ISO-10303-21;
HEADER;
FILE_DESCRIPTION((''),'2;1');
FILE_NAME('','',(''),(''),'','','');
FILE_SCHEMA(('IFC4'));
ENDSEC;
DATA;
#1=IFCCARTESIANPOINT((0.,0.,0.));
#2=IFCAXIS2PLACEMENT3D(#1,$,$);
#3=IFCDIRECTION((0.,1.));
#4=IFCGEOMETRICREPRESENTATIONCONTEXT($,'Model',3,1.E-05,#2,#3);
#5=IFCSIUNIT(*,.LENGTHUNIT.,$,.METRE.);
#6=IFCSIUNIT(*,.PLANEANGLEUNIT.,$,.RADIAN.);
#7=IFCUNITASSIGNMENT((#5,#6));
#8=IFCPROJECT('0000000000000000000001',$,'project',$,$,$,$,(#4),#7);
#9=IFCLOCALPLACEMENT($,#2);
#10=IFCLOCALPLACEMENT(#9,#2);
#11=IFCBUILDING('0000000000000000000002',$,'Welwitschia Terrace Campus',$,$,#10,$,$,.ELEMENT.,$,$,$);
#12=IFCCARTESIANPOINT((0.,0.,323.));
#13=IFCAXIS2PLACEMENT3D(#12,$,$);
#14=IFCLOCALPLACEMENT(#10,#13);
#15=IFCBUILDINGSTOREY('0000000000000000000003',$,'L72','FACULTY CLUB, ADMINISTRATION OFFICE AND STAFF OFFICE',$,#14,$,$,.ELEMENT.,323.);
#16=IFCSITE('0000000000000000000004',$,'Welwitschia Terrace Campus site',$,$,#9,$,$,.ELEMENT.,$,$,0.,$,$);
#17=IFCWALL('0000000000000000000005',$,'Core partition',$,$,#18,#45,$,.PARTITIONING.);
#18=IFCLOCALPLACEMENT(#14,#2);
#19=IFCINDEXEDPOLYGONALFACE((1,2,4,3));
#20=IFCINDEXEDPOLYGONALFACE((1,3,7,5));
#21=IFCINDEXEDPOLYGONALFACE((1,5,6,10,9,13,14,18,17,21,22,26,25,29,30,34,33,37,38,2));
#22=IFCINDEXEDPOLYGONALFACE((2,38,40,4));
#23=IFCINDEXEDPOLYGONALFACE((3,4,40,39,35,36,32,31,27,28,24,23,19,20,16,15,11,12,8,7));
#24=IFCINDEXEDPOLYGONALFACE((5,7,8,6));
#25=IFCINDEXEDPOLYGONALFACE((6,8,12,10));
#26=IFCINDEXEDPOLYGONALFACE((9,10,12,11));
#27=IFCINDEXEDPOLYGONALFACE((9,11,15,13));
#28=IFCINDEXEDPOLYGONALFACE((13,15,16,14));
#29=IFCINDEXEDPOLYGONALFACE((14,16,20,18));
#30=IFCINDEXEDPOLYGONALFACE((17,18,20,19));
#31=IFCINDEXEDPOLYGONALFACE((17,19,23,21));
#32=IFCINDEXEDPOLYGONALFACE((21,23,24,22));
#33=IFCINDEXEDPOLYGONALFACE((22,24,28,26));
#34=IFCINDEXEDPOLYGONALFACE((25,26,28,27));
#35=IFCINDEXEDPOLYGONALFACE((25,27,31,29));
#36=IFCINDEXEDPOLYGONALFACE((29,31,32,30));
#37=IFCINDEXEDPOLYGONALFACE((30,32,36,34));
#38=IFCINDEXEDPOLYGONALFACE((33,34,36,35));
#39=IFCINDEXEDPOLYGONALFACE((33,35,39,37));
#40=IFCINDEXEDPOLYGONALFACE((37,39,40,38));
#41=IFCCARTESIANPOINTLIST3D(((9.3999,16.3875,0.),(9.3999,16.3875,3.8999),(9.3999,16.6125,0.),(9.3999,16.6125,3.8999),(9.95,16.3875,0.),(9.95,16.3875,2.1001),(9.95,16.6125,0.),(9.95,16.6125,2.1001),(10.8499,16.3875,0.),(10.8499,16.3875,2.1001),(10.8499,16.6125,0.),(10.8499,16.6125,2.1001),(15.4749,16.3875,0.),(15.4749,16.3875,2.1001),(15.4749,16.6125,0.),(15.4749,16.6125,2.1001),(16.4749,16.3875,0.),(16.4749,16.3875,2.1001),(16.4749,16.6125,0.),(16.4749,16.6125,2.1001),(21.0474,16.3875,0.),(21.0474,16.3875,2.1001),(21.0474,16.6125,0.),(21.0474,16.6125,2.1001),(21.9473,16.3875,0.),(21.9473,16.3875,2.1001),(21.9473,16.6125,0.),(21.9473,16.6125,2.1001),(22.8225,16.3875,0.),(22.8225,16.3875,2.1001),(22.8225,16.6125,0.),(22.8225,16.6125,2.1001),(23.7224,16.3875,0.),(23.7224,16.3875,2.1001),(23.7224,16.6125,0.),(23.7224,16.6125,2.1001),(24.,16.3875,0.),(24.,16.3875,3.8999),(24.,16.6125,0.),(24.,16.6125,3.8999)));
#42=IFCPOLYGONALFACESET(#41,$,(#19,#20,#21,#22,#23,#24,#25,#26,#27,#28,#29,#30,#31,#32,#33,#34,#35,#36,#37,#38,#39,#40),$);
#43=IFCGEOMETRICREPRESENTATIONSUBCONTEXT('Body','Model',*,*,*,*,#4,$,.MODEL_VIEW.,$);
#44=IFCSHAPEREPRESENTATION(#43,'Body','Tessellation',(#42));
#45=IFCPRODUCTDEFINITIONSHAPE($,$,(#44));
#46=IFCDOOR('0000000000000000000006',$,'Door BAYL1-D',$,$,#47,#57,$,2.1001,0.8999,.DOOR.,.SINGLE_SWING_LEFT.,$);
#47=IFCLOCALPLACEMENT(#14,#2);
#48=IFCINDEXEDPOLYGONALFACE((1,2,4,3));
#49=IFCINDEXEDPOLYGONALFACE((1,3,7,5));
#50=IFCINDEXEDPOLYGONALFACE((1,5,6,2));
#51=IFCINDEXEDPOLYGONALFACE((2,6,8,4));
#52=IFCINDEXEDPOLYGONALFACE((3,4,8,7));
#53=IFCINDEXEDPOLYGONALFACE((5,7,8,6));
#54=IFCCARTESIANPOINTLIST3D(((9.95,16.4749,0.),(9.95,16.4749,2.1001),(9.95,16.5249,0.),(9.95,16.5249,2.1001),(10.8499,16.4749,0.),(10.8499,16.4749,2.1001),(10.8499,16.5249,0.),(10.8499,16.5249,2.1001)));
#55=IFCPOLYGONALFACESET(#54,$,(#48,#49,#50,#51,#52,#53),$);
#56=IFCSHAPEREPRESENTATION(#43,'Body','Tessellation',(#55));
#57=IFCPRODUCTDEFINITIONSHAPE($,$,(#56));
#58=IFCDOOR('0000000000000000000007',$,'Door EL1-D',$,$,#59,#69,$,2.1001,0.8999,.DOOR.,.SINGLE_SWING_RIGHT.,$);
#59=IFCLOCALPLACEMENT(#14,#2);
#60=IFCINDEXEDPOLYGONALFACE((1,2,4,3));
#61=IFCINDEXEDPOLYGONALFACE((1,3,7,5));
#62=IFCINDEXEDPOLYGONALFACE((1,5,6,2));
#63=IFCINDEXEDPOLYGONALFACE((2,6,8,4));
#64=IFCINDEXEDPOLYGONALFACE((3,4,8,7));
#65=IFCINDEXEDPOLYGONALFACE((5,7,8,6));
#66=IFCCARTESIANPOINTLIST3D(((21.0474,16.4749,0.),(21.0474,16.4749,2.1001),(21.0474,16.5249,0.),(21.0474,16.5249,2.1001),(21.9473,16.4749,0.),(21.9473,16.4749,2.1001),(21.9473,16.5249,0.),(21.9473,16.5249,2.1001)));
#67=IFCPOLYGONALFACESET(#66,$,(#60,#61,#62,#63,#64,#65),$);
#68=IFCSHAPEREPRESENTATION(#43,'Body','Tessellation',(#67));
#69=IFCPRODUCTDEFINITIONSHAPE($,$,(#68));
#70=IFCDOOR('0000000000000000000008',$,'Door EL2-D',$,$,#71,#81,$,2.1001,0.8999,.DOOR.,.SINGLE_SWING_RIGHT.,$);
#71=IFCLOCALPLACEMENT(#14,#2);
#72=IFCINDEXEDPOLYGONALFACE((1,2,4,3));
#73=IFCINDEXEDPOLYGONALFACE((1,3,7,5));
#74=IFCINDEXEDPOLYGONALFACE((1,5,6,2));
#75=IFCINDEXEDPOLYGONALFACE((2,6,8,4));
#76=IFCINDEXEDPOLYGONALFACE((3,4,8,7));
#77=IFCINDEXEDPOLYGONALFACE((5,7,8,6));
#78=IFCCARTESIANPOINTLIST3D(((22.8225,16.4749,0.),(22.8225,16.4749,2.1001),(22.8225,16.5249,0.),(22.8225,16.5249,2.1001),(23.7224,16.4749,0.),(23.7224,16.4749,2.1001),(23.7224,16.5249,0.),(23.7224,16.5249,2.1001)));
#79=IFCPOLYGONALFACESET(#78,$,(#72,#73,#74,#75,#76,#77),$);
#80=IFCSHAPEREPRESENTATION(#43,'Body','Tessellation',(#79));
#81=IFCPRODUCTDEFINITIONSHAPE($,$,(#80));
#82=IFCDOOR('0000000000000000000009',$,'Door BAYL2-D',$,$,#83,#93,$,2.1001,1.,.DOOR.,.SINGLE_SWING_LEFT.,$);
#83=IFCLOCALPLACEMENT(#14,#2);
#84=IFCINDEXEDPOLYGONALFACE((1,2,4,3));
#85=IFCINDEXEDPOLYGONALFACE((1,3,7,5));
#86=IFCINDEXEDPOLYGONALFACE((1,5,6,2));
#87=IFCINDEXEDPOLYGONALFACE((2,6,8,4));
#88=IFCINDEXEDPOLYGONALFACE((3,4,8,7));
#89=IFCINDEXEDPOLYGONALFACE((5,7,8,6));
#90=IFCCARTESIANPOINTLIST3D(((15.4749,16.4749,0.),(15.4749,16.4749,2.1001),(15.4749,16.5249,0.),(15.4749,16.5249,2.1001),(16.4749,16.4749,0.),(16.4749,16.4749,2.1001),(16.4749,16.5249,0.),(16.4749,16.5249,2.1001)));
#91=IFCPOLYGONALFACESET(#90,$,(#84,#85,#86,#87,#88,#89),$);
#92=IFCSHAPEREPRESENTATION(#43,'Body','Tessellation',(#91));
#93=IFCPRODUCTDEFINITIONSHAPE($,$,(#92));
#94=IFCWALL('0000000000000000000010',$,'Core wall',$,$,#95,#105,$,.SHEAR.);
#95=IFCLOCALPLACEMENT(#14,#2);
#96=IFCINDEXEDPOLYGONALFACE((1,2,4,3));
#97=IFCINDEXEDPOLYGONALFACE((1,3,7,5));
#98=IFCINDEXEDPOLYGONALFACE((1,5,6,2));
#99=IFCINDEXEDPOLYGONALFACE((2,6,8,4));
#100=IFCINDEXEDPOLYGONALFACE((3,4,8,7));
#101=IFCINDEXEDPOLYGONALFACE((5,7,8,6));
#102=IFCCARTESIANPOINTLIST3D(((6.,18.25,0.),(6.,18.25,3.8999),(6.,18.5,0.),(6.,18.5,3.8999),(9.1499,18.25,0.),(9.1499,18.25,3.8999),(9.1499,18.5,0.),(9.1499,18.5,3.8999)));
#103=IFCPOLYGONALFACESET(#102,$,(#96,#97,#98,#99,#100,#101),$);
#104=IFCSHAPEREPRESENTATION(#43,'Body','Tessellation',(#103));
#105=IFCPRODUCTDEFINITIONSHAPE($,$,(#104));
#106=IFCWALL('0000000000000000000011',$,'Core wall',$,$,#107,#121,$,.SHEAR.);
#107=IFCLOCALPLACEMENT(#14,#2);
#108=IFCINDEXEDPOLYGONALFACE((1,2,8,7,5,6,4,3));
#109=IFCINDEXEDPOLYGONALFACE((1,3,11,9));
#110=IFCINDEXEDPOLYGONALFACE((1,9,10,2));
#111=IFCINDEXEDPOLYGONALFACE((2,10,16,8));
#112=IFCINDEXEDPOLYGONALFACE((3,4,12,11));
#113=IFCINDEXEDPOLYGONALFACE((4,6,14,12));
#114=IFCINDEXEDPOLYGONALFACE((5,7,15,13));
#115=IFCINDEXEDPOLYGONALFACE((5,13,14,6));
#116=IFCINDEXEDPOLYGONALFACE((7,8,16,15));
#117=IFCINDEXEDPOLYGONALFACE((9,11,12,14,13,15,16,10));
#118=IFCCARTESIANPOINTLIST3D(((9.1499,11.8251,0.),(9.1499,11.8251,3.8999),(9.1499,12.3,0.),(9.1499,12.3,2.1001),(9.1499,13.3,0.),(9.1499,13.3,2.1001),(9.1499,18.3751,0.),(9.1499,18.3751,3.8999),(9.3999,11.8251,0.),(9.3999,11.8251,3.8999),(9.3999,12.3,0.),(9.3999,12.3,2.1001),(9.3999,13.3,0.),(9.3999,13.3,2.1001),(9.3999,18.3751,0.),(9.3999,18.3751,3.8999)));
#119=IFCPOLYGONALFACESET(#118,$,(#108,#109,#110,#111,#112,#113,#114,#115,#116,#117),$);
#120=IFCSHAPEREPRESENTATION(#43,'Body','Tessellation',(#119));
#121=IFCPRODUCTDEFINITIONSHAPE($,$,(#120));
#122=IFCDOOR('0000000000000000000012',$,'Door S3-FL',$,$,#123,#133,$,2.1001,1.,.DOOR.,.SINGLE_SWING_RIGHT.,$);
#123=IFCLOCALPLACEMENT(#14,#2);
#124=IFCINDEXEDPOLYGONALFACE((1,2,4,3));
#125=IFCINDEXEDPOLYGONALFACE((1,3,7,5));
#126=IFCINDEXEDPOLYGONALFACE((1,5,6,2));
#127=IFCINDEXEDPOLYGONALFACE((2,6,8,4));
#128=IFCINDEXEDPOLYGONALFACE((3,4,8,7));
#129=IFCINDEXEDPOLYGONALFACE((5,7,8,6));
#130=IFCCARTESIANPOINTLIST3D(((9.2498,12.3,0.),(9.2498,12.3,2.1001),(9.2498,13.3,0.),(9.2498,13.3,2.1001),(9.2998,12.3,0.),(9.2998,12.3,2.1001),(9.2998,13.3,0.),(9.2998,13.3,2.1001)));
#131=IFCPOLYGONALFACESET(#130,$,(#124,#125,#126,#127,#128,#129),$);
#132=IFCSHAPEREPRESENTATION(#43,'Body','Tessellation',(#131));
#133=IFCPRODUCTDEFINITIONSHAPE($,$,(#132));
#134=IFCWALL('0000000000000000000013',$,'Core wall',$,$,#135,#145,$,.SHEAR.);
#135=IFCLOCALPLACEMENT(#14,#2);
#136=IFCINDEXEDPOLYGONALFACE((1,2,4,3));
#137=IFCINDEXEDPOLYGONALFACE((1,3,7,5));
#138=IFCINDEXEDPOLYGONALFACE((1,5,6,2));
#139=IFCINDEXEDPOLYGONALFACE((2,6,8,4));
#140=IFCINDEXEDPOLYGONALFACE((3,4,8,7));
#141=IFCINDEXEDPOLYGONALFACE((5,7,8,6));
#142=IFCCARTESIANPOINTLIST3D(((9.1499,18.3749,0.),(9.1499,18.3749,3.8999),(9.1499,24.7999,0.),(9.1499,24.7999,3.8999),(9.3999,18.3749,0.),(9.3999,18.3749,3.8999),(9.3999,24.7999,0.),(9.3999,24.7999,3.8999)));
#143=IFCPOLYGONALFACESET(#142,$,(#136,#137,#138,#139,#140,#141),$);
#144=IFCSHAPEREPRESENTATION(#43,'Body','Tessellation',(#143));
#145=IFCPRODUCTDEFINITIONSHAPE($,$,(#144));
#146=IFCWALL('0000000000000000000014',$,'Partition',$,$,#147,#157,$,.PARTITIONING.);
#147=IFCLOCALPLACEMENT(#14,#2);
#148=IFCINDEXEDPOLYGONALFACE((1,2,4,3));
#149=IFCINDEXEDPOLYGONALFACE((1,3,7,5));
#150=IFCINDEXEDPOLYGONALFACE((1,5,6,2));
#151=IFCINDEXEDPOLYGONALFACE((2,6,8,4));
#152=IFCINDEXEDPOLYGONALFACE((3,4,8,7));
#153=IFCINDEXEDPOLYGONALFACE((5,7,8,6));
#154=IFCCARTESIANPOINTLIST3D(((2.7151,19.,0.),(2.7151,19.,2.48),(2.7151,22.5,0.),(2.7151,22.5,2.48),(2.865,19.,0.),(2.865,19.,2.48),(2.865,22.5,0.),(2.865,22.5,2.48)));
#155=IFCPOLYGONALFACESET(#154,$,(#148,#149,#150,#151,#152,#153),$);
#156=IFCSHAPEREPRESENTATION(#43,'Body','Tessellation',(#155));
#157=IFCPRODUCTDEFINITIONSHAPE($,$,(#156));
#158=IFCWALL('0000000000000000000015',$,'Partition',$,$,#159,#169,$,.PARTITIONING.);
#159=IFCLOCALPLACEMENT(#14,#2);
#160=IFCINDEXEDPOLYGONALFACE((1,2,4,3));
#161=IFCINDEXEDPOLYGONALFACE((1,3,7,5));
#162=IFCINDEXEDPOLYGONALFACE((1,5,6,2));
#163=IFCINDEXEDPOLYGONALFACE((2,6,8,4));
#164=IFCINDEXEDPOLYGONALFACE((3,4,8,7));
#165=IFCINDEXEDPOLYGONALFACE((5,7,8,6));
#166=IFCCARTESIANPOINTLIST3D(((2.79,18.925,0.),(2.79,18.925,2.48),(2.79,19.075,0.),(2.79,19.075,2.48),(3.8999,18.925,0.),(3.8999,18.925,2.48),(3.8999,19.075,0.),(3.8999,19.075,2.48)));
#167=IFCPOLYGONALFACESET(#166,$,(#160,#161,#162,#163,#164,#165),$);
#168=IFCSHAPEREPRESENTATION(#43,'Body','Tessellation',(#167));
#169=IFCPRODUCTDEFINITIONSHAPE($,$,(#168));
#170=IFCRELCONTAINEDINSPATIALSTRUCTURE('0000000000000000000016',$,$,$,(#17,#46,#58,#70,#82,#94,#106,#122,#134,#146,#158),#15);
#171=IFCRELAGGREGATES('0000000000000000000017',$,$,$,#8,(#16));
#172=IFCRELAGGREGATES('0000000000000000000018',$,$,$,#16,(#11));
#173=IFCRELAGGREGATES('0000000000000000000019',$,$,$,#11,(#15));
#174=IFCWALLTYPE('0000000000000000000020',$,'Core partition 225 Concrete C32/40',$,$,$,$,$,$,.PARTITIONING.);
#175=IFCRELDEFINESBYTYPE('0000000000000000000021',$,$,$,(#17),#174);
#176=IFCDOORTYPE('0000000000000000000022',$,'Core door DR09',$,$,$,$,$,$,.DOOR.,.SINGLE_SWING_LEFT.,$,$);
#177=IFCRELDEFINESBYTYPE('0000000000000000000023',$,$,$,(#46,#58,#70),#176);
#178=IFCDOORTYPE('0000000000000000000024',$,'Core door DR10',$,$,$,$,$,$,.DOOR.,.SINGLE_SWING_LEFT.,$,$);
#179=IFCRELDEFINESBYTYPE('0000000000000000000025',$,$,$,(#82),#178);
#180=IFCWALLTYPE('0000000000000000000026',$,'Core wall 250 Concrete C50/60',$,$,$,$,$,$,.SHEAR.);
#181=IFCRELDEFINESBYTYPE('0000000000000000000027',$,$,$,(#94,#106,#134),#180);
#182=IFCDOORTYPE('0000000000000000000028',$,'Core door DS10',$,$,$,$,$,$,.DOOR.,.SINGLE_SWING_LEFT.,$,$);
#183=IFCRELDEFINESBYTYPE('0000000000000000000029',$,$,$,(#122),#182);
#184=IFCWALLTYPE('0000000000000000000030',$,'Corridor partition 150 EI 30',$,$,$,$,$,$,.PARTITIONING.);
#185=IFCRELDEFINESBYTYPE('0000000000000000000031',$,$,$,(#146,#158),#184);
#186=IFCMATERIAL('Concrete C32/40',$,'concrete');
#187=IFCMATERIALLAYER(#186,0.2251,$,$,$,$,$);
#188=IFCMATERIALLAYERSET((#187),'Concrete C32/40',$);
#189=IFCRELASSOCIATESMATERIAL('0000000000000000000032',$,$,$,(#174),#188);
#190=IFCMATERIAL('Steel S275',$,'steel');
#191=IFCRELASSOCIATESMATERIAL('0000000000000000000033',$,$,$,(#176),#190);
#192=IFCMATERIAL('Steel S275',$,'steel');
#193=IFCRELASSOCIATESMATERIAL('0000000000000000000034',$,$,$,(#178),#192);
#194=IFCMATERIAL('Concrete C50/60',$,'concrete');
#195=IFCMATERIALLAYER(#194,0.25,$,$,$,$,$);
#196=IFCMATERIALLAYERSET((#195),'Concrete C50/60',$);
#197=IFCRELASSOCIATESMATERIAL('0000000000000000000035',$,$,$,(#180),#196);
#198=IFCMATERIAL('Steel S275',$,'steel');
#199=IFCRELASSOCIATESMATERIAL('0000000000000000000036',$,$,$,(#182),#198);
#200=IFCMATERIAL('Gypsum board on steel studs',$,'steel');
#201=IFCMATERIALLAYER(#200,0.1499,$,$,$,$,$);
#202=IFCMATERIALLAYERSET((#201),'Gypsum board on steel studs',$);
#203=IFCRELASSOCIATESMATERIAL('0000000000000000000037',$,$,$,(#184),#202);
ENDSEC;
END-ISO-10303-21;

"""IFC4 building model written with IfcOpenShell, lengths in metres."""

from ifc_helpers import new_model, si_unit, direction, frame, frame_2d, origin, place, context, subcontext, project, spatial, rectangle, extrude, material, layer, layer_set, type_object, element, fill, save


model = new_model("IFC4")

# Units and contexts
model_context = context("Model", 3, precision=1e-05, world=origin(), true_north=direction((0.0, 1.0)))
body_context = subcontext(model_context, "Body", "Model", "MODEL_VIEW")
ifc_project = project(units=[si_unit("LENGTHUNIT", "METRE"), si_unit("PLANEANGLEUNIT", "RADIAN")], contexts=[model_context])

# Site, building, storey
site_placement = place(None, origin())
site = spatial("IfcSite", under=ifc_project, at=site_placement, Name="Welwitschia Terrace Campus site", CompositionType="ELEMENT", RefElevation=0.0)
building_placement = place(site_placement, origin())
building = spatial("IfcBuilding", under=site, at=building_placement, Name="Welwitschia Terrace Campus", CompositionType="ELEMENT")
storey_placement = place(building_placement, frame((0.0, 0.0, 323.0)))
storey = spatial("IfcBuildingStorey", under=building, at=storey_placement, Name="L72", Description="FACULTY CLUB, ADMINISTRATION OFFICE AND STAFF OFFICE", CompositionType="ELEMENT", Elevation=323.0)

# Shared definitions
ifc_material_1 = material(Name="Concrete C32/40", Category="concrete")
ifc_layer_1 = layer(ifc_material_1, 0.2251)
ifc_layer_set_1 = layer_set([ifc_layer_1], Name="Concrete C32/40")
wall_type_1 = type_object("IfcWallType", Name="Core partition 225 Concrete C32/40", PredefinedType="PARTITIONING", material=ifc_layer_set_1)

# Wall, openings, doors
wall_1_placement = place(storey_placement, frame((9.3999, 16.5, 0.0), z_axis=(0.0, 0.0, 1.0), x_axis=(1.0, 0.0, 0.0)))
wall_1 = element("IfcWall", 1, at=wall_1_placement, inside=storey, type_object=wall_type_1, Name="Core partition", PredefinedType="PARTITIONING", context=body_context, shape_type="SweptSolid", body=[
    extrude(rectangle(XDim=14.6001, YDim=0.2251, at=frame_2d((7.3, 0.0))), origin(), (0.0, 0.0, 1.0), 3.8999),
])
opening_1_placement = place(wall_1_placement, frame((0.55, 0.0, 0.0)))
opening_1 = element("IfcOpeningElement", 2, at=opening_1_placement, cuts=wall_1, PredefinedType="OPENING", context=body_context, shape_type="SweptSolid", body=[
    extrude(rectangle(XDim=0.8999, YDim=2.1001, at=frame_2d((0.45, 1.05))), frame((0.0, 0.1226, 0.0), z_axis=(0.0, -1.0, 0.0), x_axis=(1.0, 0.0, 0.0)), (0.0, 0.0, 1.0), 0.2451),
])
opening_2_placement = place(wall_1_placement, frame((6.075, 0.0, 0.0)))
opening_2 = element("IfcOpeningElement", 3, at=opening_2_placement, cuts=wall_1, PredefinedType="OPENING", context=body_context, shape_type="SweptSolid", body=[
    extrude(rectangle(XDim=1.0, YDim=2.1001, at=frame_2d((0.5, 1.05))), frame((0.0, 0.1226, 0.0), z_axis=(0.0, -1.0, 0.0), x_axis=(1.0, 0.0, 0.0)), (0.0, 0.0, 1.0), 0.2451),
])
opening_3_placement = place(wall_1_placement, frame((11.6475, 0.0, 0.0)))
opening_3 = element("IfcOpeningElement", 4, at=opening_3_placement, cuts=wall_1, PredefinedType="OPENING", context=body_context, shape_type="SweptSolid", body=[
    extrude(rectangle(XDim=0.8999, YDim=2.1001, at=frame_2d((0.45, 1.05))), frame((0.0, 0.1226, 0.0), z_axis=(0.0, -1.0, 0.0), x_axis=(1.0, 0.0, 0.0)), (0.0, 0.0, 1.0), 0.2451),
])
opening_4_placement = place(wall_1_placement, frame((13.4226, 0.0, 0.0)))
opening_4 = element("IfcOpeningElement", 5, at=opening_4_placement, cuts=wall_1, PredefinedType="OPENING", context=body_context, shape_type="SweptSolid", body=[
    extrude(rectangle(XDim=0.8999, YDim=2.1001, at=frame_2d((0.45, 1.05))), frame((0.0, 0.1226, 0.0), z_axis=(0.0, -1.0, 0.0), x_axis=(1.0, 0.0, 0.0)), (0.0, 0.0, 1.0), 0.2451),
])
ifc_material_2 = material(Name="Steel S275", Category="steel")
door_type_1 = type_object("IfcDoorType", Name="Core door DR09", OperationType="SINGLE_SWING_LEFT", PredefinedType="DOOR", material=ifc_material_2)
door_1_placement = place(opening_1_placement, origin())
door_1 = element("IfcDoor", 6, at=door_1_placement, inside=storey, type_object=door_type_1, Name="Door BAYL1-D", OperationType="SINGLE_SWING_LEFT", OverallHeight=2.1001, OverallWidth=0.8999, PredefinedType="DOOR", context=body_context, shape_type="SweptSolid", body=[
    extrude(rectangle(XDim=0.8999, YDim=2.1001, at=frame_2d((0.45, 1.05))), frame((0.0, 0.0249, 0.0), z_axis=(0.0, -1.0, 0.0), x_axis=(1.0, 0.0, 0.0)), (0.0, 0.0, 1.0), 0.05),
])
fill(opening_1, door_1)
door_2_placement = place(opening_3_placement, origin())
door_2 = element("IfcDoor", 7, at=door_2_placement, inside=storey, type_object=door_type_1, Name="Door EL1-D", OperationType="SINGLE_SWING_RIGHT", OverallHeight=2.1001, OverallWidth=0.8999, PredefinedType="DOOR", context=body_context, shape_type="SweptSolid", body=[
    extrude(rectangle(XDim=0.8999, YDim=2.1001, at=frame_2d((0.45, 1.05))), frame((0.0, 0.0249, 0.0), z_axis=(0.0, -1.0, 0.0), x_axis=(1.0, 0.0, 0.0)), (0.0, 0.0, 1.0), 0.05),
])
fill(opening_3, door_2)
door_3_placement = place(opening_4_placement, origin())
door_3 = element("IfcDoor", 8, at=door_3_placement, inside=storey, type_object=door_type_1, Name="Door EL2-D", OperationType="SINGLE_SWING_RIGHT", OverallHeight=2.1001, OverallWidth=0.8999, PredefinedType="DOOR", context=body_context, shape_type="SweptSolid", body=[
    extrude(rectangle(XDim=0.8999, YDim=2.1001, at=frame_2d((0.45, 1.05))), frame((0.0, 0.0249, 0.0), z_axis=(0.0, -1.0, 0.0), x_axis=(1.0, 0.0, 0.0)), (0.0, 0.0, 1.0), 0.05),
])
fill(opening_4, door_3)
ifc_material_3 = material(Name="Steel S275", Category="steel")
door_type_2 = type_object("IfcDoorType", Name="Core door DR10", OperationType="SINGLE_SWING_LEFT", PredefinedType="DOOR", material=ifc_material_3)
door_4_placement = place(opening_2_placement, origin())
door_4 = element("IfcDoor", 9, at=door_4_placement, inside=storey, type_object=door_type_2, Name="Door BAYL2-D", OperationType="SINGLE_SWING_LEFT", OverallHeight=2.1001, OverallWidth=1.0, PredefinedType="DOOR", context=body_context, shape_type="SweptSolid", body=[
    extrude(rectangle(XDim=1.0, YDim=2.1001, at=frame_2d((0.5, 1.05))), frame((0.0, 0.0249, 0.0), z_axis=(0.0, -1.0, 0.0), x_axis=(1.0, 0.0, 0.0)), (0.0, 0.0, 1.0), 0.05),
])
fill(opening_2, door_4)

# Wall
ifc_material_4 = material(Name="Concrete C50/60", Category="concrete")
ifc_layer_2 = layer(ifc_material_4, 0.25)
ifc_layer_set_2 = layer_set([ifc_layer_2], Name="Concrete C50/60")
wall_type_2 = type_object("IfcWallType", Name="Core wall 250 Concrete C50/60", PredefinedType="SHEAR", material=ifc_layer_set_2)
wall_2_placement = place(storey_placement, frame((6.0, 18.375, 0.0), z_axis=(0.0, 0.0, 1.0), x_axis=(1.0, 0.0, 0.0)))
element("IfcWall", 10, at=wall_2_placement, inside=storey, type_object=wall_type_2, Name="Core wall", PredefinedType="SHEAR", context=body_context, shape_type="SweptSolid", body=[
    extrude(rectangle(XDim=3.1499, YDim=0.25, at=frame_2d((1.575, 0.0))), origin(), (0.0, 0.0, 1.0), 3.8999),
])

# Wall, opening, door
wall_3_placement = place(storey_placement, frame((9.2749, 18.375, 0.0), z_axis=(0.0, 0.0, 1.0), x_axis=(0.0, -1.0, 0.0)))
wall_3 = element("IfcWall", 11, at=wall_3_placement, inside=storey, type_object=wall_type_2, Name="Core wall", PredefinedType="SHEAR", context=body_context, shape_type="SweptSolid", body=[
    extrude(rectangle(XDim=6.55, YDim=0.25, at=frame_2d((3.2749, 0.0))), origin(), (0.0, 0.0, 1.0), 3.8999),
])
opening_5_placement = place(wall_3_placement, frame((5.075, 0.0, 0.0)))
opening_5 = element("IfcOpeningElement", 12, at=opening_5_placement, cuts=wall_3, PredefinedType="OPENING", context=body_context, shape_type="SweptSolid", body=[
    extrude(rectangle(XDim=1.0, YDim=2.1001, at=frame_2d((0.5, 1.05))), frame((0.0, 0.135, 0.0), z_axis=(0.0, -1.0, 0.0), x_axis=(1.0, 0.0, 0.0)), (0.0, 0.0, 1.0), 0.27),
])
ifc_material_5 = material(Name="Steel S275", Category="steel")
door_type_3 = type_object("IfcDoorType", Name="Core door DS10", OperationType="SINGLE_SWING_LEFT", PredefinedType="DOOR", material=ifc_material_5)
door_5_placement = place(opening_5_placement, origin())
door_5 = element("IfcDoor", 13, at=door_5_placement, inside=storey, type_object=door_type_3, Name="Door S3-FL", OperationType="SINGLE_SWING_RIGHT", OverallHeight=2.1001, OverallWidth=1.0, PredefinedType="DOOR", context=body_context, shape_type="SweptSolid", body=[
    extrude(rectangle(XDim=1.0, YDim=2.1001, at=frame_2d((0.5, 1.05))), frame((0.0, 0.0249, 0.0), z_axis=(0.0, -1.0, 0.0), x_axis=(1.0, 0.0, 0.0)), (0.0, 0.0, 1.0), 0.05),
])
fill(opening_5, door_5)

# Walls
wall_4_placement = place(storey_placement, frame((9.2749, 18.375, 0.0), z_axis=(0.0, 0.0, 1.0), x_axis=(0.0, 1.0, 0.0)))
element("IfcWall", 14, at=wall_4_placement, inside=storey, type_object=wall_type_2, Name="Core wall", PredefinedType="SHEAR", context=body_context, shape_type="SweptSolid", body=[
    extrude(rectangle(XDim=6.425, YDim=0.25, at=frame_2d((3.2124, 0.0))), origin(), (0.0, 0.0, 1.0), 3.8999),
])
ifc_material_6 = material(Name="Gypsum board on steel studs", Category="steel")
ifc_layer_3 = layer(ifc_material_6, 0.1499)
ifc_layer_set_3 = layer_set([ifc_layer_3], Name="Gypsum board on steel studs")
wall_type_3 = type_object("IfcWallType", Name="Corridor partition 150 EI 30", PredefinedType="PARTITIONING", material=ifc_layer_set_3)
wall_5_placement = place(storey_placement, frame((2.79, 19.0, 0.0), z_axis=(0.0, 0.0, 1.0), x_axis=(0.0, 1.0, 0.0)))
element("IfcWall", 15, at=wall_5_placement, inside=storey, type_object=wall_type_3, Name="Partition", PredefinedType="PARTITIONING", context=body_context, shape_type="SweptSolid", body=[
    extrude(rectangle(XDim=3.5, YDim=0.1499, at=frame_2d((1.75, 0.0))), origin(), (0.0, 0.0, 1.0), 2.48),
])
wall_6_placement = place(storey_placement, frame((2.79, 19.0, 0.0), z_axis=(0.0, 0.0, 1.0), x_axis=(1.0, 0.0, 0.0)))
element("IfcWall", 16, at=wall_6_placement, inside=storey, type_object=wall_type_3, Name="Partition", PredefinedType="PARTITIONING", context=body_context, shape_type="SweptSolid", body=[
    extrude(rectangle(XDim=1.1099, YDim=0.1499, at=frame_2d((0.5549, 0.0))), origin(), (0.0, 0.0, 1.0), 2.48),
])

save(model, "model.ifc")
